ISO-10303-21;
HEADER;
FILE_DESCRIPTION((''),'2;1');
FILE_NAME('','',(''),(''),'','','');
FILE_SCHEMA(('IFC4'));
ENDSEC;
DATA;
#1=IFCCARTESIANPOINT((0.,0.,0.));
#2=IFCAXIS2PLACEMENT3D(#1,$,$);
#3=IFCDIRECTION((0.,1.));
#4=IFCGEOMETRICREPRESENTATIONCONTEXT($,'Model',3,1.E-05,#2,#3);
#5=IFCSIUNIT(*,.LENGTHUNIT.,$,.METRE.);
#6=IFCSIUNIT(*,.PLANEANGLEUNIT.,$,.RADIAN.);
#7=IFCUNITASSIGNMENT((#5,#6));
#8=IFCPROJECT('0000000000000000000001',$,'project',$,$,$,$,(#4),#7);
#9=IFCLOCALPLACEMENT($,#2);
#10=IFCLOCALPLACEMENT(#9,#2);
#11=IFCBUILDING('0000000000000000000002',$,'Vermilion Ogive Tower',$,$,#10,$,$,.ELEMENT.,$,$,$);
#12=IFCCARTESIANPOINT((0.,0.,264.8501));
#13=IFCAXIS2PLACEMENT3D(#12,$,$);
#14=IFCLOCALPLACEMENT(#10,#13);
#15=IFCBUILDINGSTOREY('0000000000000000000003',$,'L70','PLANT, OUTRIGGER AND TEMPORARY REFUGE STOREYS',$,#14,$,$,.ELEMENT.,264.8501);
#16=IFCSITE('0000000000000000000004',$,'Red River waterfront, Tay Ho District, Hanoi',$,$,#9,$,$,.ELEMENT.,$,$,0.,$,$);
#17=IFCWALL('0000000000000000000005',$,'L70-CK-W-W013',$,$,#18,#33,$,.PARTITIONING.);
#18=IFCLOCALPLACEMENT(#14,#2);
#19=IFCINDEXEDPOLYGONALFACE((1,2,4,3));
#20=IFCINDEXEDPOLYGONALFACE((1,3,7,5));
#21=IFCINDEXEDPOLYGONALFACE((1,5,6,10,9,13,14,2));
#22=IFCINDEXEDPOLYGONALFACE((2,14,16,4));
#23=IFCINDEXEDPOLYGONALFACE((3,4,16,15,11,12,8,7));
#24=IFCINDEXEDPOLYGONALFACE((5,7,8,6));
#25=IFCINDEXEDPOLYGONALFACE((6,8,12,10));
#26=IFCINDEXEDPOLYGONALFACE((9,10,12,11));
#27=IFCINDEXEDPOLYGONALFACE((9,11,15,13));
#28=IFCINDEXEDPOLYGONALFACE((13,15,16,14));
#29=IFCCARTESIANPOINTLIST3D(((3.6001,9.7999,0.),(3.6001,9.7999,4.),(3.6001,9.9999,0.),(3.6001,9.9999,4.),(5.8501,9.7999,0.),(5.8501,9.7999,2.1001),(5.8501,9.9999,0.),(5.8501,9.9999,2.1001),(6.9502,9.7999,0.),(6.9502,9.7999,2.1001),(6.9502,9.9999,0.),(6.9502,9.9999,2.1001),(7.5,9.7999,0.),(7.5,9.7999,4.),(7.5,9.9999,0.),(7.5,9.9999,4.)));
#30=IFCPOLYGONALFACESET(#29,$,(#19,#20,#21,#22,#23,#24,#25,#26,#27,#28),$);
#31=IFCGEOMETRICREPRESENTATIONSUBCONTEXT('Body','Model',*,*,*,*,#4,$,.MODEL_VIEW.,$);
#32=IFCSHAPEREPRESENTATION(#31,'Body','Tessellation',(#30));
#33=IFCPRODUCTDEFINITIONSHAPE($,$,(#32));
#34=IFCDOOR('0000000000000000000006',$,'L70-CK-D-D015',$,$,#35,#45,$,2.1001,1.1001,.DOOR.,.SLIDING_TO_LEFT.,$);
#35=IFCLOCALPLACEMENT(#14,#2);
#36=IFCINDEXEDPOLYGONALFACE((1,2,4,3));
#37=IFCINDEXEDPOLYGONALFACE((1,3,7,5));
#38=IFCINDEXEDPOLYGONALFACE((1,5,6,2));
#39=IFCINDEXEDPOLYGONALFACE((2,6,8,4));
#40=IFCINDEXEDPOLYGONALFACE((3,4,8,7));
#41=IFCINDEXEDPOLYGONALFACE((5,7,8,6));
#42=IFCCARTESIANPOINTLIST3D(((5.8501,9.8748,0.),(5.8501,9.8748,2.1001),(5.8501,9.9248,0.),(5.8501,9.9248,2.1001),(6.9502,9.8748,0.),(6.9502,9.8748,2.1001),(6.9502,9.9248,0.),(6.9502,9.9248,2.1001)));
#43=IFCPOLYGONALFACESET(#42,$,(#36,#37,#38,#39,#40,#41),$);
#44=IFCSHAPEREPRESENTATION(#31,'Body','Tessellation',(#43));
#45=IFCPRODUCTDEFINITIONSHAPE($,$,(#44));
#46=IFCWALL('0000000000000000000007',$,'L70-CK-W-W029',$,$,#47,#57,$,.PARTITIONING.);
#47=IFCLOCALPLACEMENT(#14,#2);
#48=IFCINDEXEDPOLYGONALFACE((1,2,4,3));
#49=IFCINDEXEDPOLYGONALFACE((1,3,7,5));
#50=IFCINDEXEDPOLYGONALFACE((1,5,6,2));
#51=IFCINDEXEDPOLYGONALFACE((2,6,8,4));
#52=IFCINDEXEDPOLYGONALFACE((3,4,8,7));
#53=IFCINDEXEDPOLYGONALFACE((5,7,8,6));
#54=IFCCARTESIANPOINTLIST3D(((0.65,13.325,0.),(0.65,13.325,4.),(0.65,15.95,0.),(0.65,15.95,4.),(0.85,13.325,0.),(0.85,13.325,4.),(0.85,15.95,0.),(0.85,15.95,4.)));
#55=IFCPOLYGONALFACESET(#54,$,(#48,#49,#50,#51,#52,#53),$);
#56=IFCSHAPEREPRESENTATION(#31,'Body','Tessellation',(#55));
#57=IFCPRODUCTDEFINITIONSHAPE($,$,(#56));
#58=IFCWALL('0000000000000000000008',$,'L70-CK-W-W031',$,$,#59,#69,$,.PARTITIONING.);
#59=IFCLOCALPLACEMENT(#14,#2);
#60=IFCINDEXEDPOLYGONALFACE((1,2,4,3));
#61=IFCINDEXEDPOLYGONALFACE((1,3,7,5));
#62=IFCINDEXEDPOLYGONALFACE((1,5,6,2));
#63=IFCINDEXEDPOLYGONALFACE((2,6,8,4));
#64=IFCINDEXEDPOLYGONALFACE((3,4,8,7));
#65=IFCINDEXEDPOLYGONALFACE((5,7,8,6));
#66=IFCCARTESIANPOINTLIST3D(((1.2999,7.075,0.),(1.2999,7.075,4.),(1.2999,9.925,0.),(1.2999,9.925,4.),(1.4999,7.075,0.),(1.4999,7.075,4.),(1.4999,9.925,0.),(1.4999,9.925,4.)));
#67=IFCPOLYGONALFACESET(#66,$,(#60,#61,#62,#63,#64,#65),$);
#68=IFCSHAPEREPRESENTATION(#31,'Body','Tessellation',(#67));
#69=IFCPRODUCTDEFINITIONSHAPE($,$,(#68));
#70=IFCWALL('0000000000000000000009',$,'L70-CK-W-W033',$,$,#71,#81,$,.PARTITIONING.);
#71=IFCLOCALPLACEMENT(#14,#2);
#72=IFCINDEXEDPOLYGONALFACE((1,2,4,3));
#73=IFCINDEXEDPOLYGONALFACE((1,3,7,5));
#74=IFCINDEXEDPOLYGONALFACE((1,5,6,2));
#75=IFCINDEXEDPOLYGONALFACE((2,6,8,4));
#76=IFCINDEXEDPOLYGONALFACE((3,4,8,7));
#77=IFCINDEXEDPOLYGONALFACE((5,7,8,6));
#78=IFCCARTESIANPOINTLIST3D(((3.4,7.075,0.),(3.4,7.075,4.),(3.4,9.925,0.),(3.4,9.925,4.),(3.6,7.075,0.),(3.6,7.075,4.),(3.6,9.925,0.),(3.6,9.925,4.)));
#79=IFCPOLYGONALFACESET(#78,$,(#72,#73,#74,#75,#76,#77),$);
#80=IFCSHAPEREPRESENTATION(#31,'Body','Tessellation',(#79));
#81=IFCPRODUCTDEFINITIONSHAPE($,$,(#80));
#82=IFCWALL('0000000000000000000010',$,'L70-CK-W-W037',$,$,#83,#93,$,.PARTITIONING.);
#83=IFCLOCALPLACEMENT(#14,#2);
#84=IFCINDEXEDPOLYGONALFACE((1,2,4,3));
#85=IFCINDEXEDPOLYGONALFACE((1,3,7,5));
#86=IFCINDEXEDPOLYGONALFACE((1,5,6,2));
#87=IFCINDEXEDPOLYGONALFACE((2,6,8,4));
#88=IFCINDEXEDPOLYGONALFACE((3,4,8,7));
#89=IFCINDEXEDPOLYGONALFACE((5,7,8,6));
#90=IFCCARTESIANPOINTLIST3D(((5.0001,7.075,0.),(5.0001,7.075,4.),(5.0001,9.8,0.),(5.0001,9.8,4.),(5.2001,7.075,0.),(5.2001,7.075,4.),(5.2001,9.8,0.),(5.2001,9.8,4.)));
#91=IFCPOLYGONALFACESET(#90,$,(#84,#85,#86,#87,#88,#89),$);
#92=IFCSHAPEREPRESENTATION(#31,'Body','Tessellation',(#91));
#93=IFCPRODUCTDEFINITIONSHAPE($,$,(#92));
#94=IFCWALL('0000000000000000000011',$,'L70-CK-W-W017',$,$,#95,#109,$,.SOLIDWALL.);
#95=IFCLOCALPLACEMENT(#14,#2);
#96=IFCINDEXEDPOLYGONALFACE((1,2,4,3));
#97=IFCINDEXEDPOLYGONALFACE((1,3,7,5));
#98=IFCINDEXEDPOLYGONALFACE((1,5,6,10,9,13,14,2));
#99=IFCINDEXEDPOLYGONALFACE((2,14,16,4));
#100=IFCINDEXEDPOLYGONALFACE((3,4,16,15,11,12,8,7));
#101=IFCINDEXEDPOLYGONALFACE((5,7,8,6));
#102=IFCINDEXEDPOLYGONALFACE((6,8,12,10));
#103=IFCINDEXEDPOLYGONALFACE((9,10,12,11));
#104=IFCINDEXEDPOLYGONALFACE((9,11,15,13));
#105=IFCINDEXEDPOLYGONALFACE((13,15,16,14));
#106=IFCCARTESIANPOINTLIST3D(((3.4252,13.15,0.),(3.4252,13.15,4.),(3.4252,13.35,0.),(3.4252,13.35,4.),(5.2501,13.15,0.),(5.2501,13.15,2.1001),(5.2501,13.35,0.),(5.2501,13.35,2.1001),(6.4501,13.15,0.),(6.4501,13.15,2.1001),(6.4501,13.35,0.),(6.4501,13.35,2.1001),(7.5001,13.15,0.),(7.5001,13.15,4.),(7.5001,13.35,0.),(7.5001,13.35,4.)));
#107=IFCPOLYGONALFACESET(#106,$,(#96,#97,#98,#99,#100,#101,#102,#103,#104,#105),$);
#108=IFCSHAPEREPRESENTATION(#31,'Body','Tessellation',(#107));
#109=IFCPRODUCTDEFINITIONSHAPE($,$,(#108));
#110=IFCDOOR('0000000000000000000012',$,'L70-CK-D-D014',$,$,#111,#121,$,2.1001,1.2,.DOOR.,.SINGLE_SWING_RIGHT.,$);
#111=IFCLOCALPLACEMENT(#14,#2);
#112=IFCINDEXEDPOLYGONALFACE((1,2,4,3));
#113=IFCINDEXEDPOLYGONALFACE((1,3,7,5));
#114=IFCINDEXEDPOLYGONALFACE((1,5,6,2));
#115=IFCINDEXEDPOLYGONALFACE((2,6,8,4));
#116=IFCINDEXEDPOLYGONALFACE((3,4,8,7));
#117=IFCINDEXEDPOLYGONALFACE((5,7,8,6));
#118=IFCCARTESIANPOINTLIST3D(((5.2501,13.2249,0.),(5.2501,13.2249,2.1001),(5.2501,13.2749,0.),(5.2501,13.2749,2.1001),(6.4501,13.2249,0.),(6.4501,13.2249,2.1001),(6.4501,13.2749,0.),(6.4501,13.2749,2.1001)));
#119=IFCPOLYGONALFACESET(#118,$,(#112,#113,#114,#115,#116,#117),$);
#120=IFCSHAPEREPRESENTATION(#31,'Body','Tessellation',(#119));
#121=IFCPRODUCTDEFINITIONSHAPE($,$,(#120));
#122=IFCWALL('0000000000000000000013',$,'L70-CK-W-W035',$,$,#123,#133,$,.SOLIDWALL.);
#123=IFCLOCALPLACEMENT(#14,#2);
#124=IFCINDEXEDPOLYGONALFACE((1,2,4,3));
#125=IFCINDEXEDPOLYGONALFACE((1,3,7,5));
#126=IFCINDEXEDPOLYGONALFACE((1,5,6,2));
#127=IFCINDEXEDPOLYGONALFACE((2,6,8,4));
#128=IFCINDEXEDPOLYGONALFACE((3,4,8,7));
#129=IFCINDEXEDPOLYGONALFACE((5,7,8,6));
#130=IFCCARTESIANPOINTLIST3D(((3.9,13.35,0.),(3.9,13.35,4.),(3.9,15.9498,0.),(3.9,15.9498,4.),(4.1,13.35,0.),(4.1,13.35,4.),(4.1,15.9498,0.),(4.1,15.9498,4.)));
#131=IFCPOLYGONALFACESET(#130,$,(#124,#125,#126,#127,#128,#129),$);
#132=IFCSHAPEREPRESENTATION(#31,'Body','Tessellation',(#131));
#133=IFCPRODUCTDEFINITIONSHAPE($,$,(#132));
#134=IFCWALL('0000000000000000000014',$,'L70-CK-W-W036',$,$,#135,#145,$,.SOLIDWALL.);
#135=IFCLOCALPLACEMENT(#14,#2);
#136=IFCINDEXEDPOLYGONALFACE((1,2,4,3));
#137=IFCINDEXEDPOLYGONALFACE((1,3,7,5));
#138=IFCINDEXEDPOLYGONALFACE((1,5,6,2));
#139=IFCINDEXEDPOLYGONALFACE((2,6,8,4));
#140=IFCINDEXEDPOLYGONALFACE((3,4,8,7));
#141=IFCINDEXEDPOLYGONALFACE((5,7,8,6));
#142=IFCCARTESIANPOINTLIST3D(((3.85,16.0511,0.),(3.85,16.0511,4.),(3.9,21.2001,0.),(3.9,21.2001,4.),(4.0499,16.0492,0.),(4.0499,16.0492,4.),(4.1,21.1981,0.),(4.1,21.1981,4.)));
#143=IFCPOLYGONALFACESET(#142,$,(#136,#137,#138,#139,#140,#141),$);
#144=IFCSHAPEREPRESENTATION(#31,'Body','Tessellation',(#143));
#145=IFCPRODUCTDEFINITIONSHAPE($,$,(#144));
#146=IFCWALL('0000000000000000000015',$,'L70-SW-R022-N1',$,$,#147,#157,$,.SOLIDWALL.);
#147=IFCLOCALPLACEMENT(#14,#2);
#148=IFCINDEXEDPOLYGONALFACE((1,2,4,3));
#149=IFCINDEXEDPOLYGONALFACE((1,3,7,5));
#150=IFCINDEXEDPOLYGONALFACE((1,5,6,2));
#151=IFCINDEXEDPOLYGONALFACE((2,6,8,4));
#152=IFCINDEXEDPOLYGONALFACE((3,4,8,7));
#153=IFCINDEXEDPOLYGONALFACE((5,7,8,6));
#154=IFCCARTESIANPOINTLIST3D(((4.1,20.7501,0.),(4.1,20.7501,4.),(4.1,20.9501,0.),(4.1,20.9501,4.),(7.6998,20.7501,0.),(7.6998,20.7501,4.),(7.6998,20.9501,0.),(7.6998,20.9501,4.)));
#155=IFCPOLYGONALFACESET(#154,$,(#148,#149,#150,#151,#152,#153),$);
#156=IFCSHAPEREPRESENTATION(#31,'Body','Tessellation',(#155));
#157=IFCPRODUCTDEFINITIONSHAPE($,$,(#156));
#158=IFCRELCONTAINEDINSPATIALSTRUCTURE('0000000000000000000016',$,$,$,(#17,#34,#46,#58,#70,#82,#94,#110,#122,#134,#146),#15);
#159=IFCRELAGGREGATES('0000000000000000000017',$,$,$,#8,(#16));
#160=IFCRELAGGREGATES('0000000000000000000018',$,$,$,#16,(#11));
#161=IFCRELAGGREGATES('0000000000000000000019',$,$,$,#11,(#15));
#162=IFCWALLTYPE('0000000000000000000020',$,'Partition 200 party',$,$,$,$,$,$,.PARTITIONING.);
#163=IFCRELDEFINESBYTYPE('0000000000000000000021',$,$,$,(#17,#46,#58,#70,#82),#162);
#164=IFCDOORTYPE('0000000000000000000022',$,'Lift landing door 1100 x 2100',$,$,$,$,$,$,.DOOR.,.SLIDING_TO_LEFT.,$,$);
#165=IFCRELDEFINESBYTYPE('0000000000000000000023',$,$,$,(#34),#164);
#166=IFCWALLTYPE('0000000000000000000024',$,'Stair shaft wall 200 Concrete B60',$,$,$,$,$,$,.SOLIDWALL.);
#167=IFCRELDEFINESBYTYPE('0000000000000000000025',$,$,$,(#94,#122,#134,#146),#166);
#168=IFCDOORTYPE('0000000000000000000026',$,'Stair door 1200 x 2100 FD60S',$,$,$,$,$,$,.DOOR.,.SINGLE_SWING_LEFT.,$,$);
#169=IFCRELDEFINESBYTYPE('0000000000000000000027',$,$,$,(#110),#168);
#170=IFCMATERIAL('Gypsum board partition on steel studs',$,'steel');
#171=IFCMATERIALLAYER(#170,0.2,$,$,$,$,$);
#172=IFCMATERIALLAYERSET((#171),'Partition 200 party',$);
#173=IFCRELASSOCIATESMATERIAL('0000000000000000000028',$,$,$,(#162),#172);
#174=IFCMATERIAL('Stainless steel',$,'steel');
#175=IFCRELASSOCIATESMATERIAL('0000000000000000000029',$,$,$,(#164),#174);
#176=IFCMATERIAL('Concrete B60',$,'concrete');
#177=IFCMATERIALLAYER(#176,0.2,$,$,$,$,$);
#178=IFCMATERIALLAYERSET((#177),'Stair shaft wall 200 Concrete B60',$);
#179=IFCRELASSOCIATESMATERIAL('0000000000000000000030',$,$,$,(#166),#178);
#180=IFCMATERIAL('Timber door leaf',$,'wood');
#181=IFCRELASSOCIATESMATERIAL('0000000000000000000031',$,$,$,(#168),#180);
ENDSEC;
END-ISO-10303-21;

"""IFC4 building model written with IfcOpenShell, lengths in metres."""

from ifc_helpers import new_model, si_unit, direction, frame, frame_2d, origin, place, context, subcontext, project, spatial, rectangle, extrude, material, layer, layer_set, type_object, element, fill, save


model = new_model("IFC4")

# Units and contexts
model_context = context("Model", 3, precision=1e-05, world=origin(), true_north=direction((0.0, 1.0)))
body_context = subcontext(model_context, "Body", "Model", "MODEL_VIEW")
ifc_project = project(units=[si_unit("LENGTHUNIT", "METRE"), si_unit("PLANEANGLEUNIT", "RADIAN")], contexts=[model_context])

# Site, building, storey
site_placement = place(None, origin())
site = spatial("IfcSite", under=ifc_project, at=site_placement, Name="Red River waterfront, Tay Ho District, Hanoi", CompositionType="ELEMENT", RefElevation=0.0)
building_placement = place(site_placement, origin())
building = spatial("IfcBuilding", under=site, at=building_placement, Name="Vermilion Ogive Tower", CompositionType="ELEMENT")
storey_placement = place(building_placement, frame((0.0, 0.0, 264.8501)))
storey = spatial("IfcBuildingStorey", under=building, at=storey_placement, Name="L70", Description="PLANT, OUTRIGGER AND TEMPORARY REFUGE STOREYS", CompositionType="ELEMENT", Elevation=264.8501)

# Shared definitions
ifc_material_1 = material(Name="Gypsum board partition on steel studs", Category="steel")
ifc_layer_1 = layer(ifc_material_1, 0.2)
ifc_layer_set_1 = layer_set([ifc_layer_1], Name="Partition 200 party")
wall_type_1 = type_object("IfcWallType", Name="Partition 200 party", PredefinedType="PARTITIONING", material=ifc_layer_set_1)

# Wall, opening, door
wall_1_placement = place(storey_placement, frame((3.6001, 9.8999, 0.0), z_axis=(0.0, 0.0, 1.0), x_axis=(1.0, 0.0, 0.0)))
wall_1 = element("IfcWall", 1, at=wall_1_placement, inside=storey, type_object=wall_type_1, Name="L70-CK-W-W013", PredefinedType="PARTITIONING", context=body_context, shape_type="SweptSolid", body=[
    extrude(rectangle(XDim=3.8999, YDim=0.2, at=frame_2d((1.95, 0.0))), origin(), (0.0, 0.0, 1.0), 4.0),
])
opening_1_placement = place(wall_1_placement, frame((2.25, 0.0, 0.0)))
opening_1 = element("IfcOpeningElement", 2, at=opening_1_placement, cuts=wall_1, PredefinedType="OPENING", context=body_context, shape_type="SweptSolid", body=[
    extrude(rectangle(XDim=1.1001, YDim=2.1001, at=frame_2d((0.55, 1.05))), frame((0.0, 0.1099, 0.0), z_axis=(0.0, -1.0, 0.0), x_axis=(1.0, 0.0, 0.0)), (0.0, 0.0, 1.0), 0.22),
])
ifc_material_2 = material(Name="Stainless steel", Category="steel")
door_type_1 = type_object("IfcDoorType", Name="Lift landing door 1100 x 2100", OperationType="SLIDING_TO_LEFT", PredefinedType="DOOR", material=ifc_material_2)
door_1_placement = place(opening_1_placement, origin())
door_1 = element("IfcDoor", 3, at=door_1_placement, inside=storey, type_object=door_type_1, Name="L70-CK-D-D015", OperationType="SLIDING_TO_LEFT", OverallHeight=2.1001, OverallWidth=1.1001, PredefinedType="DOOR", context=body_context, shape_type="SweptSolid", body=[
    extrude(rectangle(XDim=1.1001, YDim=2.1001, at=frame_2d((0.55, 1.05))), frame((0.0, 0.0249, 0.0), z_axis=(0.0, -1.0, 0.0), x_axis=(1.0, 0.0, 0.0)), (0.0, 0.0, 1.0), 0.05),
])
fill(opening_1, door_1)

# Walls
wall_2_placement = place(storey_placement, frame((0.75, 13.325, 0.0), z_axis=(0.0, 0.0, 1.0), x_axis=(0.0, 1.0, 0.0)))
element("IfcWall", 4, at=wall_2_placement, inside=storey, type_object=wall_type_1, Name="L70-CK-W-W029", PredefinedType="PARTITIONING", context=body_context, shape_type="SweptSolid", body=[
    extrude(rectangle(XDim=2.625, YDim=0.2, at=frame_2d((1.3125, 0.0))), origin(), (0.0, 0.0, 1.0), 4.0),
])
for number, where, z_axis, x_axis, name in (
    (5, (1.3999, 7.075, 0.0), (0.0, 0.0, 1.0), (0.0, 1.0, 0.0), "L70-CK-W-W031"),
    (6, (3.5, 7.075, 0.0), (0.0, 0.0, 1.0), (0.0, 1.0, 0.0), "L70-CK-W-W033"),
):
    element("IfcWall", number, at=place(storey_placement, frame(where, z_axis=z_axis, x_axis=x_axis)), inside=storey, type_object=wall_type_1, Name=name, PredefinedType="PARTITIONING", context=body_context, shape_type="SweptSolid", body=[
        extrude(rectangle(XDim=2.8501, YDim=0.2, at=frame_2d((1.425, 0.0))), origin(), (0.0, 0.0, 1.0), 4.0),
    ])
wall_3_placement = place(storey_placement, frame((5.1001, 7.075, 0.0), z_axis=(0.0, 0.0, 1.0), x_axis=(0.0, 1.0, 0.0)))
element("IfcWall", 7, at=wall_3_placement, inside=storey, type_object=wall_type_1, Name="L70-CK-W-W037", PredefinedType="PARTITIONING", context=body_context, shape_type="SweptSolid", body=[
    extrude(rectangle(XDim=2.7251, YDim=0.2, at=frame_2d((1.3625, 0.0))), origin(), (0.0, 0.0, 1.0), 4.0),
])

# Wall, opening, door
ifc_material_3 = material(Name="Concrete B60", Category="concrete")
ifc_layer_2 = layer(ifc_material_3, 0.2)
ifc_layer_set_2 = layer_set([ifc_layer_2], Name="Stair shaft wall 200 Concrete B60")
wall_type_2 = type_object("IfcWallType", Name="Stair shaft wall 200 Concrete B60", PredefinedType="SOLIDWALL", material=ifc_layer_set_2)
wall_4_placement = place(storey_placement, frame((3.425, 13.25, 0.0), z_axis=(0.0, 0.0, 1.0), x_axis=(1.0, 0.0, 0.0)))
wall_4 = element("IfcWall", 8, at=wall_4_placement, inside=storey, type_object=wall_type_2, Name="L70-CK-W-W017", PredefinedType="SOLIDWALL", context=body_context, shape_type="SweptSolid", body=[
    extrude(rectangle(XDim=4.075, YDim=0.2, at=frame_2d((2.0376, 0.0))), origin(), (0.0, 0.0, 1.0), 4.0),
])
opening_2_placement = place(wall_4_placement, frame((1.825, 0.0, 0.0)))
opening_2 = element("IfcOpeningElement", 9, at=opening_2_placement, cuts=wall_4, PredefinedType="OPENING", context=body_context, shape_type="SweptSolid", body=[
    extrude(rectangle(XDim=1.2, YDim=2.1001, at=frame_2d((0.6001, 1.05))), frame((0.0, 0.1099, 0.0), z_axis=(0.0, -1.0, 0.0), x_axis=(1.0, 0.0, 0.0)), (0.0, 0.0, 1.0), 0.22),
])
ifc_material_4 = material(Name="Timber door leaf", Category="wood")
door_type_2 = type_object("IfcDoorType", Name="Stair door 1200 x 2100 FD60S", OperationType="SINGLE_SWING_LEFT", PredefinedType="DOOR", material=ifc_material_4)
door_2_placement = place(opening_2_placement, origin())
door_2 = element("IfcDoor", 10, at=door_2_placement, inside=storey, type_object=door_type_2, Name="L70-CK-D-D014", OperationType="SINGLE_SWING_RIGHT", OverallHeight=2.1001, OverallWidth=1.2, PredefinedType="DOOR", context=body_context, shape_type="SweptSolid", body=[
    extrude(rectangle(XDim=1.2, YDim=2.1001, at=frame_2d((0.6001, 1.05))), frame((0.0, 0.0249, 0.0), z_axis=(0.0, -1.0, 0.0), x_axis=(1.0, 0.0, 0.0)), (0.0, 0.0, 1.0), 0.05),
])
fill(opening_2, door_2)

# Walls
wall_5_placement = place(storey_placement, frame((4.0, 13.3501, 0.0), z_axis=(0.0, 0.0, 1.0), x_axis=(0.0, 1.0, 0.0)))
element("IfcWall", 11, at=wall_5_placement, inside=storey, type_object=wall_type_2, Name="L70-CK-W-W035", PredefinedType="SOLIDWALL", context=body_context, shape_type="SweptSolid", body=[
    extrude(rectangle(XDim=2.5999, YDim=0.2, at=frame_2d((1.2998, 0.0))), origin(), (0.0, 0.0, 1.0), 4.0),
])
wall_6_placement = place(storey_placement, frame((3.95, 16.05, 0.0), z_axis=(0.0, 0.0, 1.0), x_axis=(0.00972, 0.999953, 0.0)))
element("IfcWall", 12, at=wall_6_placement, inside=storey, type_object=wall_type_2, Name="L70-CK-W-W036", PredefinedType="SOLIDWALL", context=body_context, shape_type="SweptSolid", body=[
    extrude(rectangle(XDim=5.1492, YDim=0.2, at=frame_2d((2.5747, 0.0))), origin(), (0.0, 0.0, 1.0), 4.0),
])
wall_7_placement = place(storey_placement, frame((4.1001, 20.8501, 0.0), z_axis=(0.0, 0.0, 1.0), x_axis=(1.0, 0.0, 0.0)))
element("IfcWall", 13, at=wall_7_placement, inside=storey, type_object=wall_type_2, Name="L70-SW-R022-N1", PredefinedType="SOLIDWALL", context=body_context, shape_type="SweptSolid", body=[
    extrude(rectangle(XDim=3.5999, YDim=0.2, at=frame_2d((1.7998, 0.0))), origin(), (0.0, 0.0, 1.0), 4.0),
])

save(model, "model.ifc")
